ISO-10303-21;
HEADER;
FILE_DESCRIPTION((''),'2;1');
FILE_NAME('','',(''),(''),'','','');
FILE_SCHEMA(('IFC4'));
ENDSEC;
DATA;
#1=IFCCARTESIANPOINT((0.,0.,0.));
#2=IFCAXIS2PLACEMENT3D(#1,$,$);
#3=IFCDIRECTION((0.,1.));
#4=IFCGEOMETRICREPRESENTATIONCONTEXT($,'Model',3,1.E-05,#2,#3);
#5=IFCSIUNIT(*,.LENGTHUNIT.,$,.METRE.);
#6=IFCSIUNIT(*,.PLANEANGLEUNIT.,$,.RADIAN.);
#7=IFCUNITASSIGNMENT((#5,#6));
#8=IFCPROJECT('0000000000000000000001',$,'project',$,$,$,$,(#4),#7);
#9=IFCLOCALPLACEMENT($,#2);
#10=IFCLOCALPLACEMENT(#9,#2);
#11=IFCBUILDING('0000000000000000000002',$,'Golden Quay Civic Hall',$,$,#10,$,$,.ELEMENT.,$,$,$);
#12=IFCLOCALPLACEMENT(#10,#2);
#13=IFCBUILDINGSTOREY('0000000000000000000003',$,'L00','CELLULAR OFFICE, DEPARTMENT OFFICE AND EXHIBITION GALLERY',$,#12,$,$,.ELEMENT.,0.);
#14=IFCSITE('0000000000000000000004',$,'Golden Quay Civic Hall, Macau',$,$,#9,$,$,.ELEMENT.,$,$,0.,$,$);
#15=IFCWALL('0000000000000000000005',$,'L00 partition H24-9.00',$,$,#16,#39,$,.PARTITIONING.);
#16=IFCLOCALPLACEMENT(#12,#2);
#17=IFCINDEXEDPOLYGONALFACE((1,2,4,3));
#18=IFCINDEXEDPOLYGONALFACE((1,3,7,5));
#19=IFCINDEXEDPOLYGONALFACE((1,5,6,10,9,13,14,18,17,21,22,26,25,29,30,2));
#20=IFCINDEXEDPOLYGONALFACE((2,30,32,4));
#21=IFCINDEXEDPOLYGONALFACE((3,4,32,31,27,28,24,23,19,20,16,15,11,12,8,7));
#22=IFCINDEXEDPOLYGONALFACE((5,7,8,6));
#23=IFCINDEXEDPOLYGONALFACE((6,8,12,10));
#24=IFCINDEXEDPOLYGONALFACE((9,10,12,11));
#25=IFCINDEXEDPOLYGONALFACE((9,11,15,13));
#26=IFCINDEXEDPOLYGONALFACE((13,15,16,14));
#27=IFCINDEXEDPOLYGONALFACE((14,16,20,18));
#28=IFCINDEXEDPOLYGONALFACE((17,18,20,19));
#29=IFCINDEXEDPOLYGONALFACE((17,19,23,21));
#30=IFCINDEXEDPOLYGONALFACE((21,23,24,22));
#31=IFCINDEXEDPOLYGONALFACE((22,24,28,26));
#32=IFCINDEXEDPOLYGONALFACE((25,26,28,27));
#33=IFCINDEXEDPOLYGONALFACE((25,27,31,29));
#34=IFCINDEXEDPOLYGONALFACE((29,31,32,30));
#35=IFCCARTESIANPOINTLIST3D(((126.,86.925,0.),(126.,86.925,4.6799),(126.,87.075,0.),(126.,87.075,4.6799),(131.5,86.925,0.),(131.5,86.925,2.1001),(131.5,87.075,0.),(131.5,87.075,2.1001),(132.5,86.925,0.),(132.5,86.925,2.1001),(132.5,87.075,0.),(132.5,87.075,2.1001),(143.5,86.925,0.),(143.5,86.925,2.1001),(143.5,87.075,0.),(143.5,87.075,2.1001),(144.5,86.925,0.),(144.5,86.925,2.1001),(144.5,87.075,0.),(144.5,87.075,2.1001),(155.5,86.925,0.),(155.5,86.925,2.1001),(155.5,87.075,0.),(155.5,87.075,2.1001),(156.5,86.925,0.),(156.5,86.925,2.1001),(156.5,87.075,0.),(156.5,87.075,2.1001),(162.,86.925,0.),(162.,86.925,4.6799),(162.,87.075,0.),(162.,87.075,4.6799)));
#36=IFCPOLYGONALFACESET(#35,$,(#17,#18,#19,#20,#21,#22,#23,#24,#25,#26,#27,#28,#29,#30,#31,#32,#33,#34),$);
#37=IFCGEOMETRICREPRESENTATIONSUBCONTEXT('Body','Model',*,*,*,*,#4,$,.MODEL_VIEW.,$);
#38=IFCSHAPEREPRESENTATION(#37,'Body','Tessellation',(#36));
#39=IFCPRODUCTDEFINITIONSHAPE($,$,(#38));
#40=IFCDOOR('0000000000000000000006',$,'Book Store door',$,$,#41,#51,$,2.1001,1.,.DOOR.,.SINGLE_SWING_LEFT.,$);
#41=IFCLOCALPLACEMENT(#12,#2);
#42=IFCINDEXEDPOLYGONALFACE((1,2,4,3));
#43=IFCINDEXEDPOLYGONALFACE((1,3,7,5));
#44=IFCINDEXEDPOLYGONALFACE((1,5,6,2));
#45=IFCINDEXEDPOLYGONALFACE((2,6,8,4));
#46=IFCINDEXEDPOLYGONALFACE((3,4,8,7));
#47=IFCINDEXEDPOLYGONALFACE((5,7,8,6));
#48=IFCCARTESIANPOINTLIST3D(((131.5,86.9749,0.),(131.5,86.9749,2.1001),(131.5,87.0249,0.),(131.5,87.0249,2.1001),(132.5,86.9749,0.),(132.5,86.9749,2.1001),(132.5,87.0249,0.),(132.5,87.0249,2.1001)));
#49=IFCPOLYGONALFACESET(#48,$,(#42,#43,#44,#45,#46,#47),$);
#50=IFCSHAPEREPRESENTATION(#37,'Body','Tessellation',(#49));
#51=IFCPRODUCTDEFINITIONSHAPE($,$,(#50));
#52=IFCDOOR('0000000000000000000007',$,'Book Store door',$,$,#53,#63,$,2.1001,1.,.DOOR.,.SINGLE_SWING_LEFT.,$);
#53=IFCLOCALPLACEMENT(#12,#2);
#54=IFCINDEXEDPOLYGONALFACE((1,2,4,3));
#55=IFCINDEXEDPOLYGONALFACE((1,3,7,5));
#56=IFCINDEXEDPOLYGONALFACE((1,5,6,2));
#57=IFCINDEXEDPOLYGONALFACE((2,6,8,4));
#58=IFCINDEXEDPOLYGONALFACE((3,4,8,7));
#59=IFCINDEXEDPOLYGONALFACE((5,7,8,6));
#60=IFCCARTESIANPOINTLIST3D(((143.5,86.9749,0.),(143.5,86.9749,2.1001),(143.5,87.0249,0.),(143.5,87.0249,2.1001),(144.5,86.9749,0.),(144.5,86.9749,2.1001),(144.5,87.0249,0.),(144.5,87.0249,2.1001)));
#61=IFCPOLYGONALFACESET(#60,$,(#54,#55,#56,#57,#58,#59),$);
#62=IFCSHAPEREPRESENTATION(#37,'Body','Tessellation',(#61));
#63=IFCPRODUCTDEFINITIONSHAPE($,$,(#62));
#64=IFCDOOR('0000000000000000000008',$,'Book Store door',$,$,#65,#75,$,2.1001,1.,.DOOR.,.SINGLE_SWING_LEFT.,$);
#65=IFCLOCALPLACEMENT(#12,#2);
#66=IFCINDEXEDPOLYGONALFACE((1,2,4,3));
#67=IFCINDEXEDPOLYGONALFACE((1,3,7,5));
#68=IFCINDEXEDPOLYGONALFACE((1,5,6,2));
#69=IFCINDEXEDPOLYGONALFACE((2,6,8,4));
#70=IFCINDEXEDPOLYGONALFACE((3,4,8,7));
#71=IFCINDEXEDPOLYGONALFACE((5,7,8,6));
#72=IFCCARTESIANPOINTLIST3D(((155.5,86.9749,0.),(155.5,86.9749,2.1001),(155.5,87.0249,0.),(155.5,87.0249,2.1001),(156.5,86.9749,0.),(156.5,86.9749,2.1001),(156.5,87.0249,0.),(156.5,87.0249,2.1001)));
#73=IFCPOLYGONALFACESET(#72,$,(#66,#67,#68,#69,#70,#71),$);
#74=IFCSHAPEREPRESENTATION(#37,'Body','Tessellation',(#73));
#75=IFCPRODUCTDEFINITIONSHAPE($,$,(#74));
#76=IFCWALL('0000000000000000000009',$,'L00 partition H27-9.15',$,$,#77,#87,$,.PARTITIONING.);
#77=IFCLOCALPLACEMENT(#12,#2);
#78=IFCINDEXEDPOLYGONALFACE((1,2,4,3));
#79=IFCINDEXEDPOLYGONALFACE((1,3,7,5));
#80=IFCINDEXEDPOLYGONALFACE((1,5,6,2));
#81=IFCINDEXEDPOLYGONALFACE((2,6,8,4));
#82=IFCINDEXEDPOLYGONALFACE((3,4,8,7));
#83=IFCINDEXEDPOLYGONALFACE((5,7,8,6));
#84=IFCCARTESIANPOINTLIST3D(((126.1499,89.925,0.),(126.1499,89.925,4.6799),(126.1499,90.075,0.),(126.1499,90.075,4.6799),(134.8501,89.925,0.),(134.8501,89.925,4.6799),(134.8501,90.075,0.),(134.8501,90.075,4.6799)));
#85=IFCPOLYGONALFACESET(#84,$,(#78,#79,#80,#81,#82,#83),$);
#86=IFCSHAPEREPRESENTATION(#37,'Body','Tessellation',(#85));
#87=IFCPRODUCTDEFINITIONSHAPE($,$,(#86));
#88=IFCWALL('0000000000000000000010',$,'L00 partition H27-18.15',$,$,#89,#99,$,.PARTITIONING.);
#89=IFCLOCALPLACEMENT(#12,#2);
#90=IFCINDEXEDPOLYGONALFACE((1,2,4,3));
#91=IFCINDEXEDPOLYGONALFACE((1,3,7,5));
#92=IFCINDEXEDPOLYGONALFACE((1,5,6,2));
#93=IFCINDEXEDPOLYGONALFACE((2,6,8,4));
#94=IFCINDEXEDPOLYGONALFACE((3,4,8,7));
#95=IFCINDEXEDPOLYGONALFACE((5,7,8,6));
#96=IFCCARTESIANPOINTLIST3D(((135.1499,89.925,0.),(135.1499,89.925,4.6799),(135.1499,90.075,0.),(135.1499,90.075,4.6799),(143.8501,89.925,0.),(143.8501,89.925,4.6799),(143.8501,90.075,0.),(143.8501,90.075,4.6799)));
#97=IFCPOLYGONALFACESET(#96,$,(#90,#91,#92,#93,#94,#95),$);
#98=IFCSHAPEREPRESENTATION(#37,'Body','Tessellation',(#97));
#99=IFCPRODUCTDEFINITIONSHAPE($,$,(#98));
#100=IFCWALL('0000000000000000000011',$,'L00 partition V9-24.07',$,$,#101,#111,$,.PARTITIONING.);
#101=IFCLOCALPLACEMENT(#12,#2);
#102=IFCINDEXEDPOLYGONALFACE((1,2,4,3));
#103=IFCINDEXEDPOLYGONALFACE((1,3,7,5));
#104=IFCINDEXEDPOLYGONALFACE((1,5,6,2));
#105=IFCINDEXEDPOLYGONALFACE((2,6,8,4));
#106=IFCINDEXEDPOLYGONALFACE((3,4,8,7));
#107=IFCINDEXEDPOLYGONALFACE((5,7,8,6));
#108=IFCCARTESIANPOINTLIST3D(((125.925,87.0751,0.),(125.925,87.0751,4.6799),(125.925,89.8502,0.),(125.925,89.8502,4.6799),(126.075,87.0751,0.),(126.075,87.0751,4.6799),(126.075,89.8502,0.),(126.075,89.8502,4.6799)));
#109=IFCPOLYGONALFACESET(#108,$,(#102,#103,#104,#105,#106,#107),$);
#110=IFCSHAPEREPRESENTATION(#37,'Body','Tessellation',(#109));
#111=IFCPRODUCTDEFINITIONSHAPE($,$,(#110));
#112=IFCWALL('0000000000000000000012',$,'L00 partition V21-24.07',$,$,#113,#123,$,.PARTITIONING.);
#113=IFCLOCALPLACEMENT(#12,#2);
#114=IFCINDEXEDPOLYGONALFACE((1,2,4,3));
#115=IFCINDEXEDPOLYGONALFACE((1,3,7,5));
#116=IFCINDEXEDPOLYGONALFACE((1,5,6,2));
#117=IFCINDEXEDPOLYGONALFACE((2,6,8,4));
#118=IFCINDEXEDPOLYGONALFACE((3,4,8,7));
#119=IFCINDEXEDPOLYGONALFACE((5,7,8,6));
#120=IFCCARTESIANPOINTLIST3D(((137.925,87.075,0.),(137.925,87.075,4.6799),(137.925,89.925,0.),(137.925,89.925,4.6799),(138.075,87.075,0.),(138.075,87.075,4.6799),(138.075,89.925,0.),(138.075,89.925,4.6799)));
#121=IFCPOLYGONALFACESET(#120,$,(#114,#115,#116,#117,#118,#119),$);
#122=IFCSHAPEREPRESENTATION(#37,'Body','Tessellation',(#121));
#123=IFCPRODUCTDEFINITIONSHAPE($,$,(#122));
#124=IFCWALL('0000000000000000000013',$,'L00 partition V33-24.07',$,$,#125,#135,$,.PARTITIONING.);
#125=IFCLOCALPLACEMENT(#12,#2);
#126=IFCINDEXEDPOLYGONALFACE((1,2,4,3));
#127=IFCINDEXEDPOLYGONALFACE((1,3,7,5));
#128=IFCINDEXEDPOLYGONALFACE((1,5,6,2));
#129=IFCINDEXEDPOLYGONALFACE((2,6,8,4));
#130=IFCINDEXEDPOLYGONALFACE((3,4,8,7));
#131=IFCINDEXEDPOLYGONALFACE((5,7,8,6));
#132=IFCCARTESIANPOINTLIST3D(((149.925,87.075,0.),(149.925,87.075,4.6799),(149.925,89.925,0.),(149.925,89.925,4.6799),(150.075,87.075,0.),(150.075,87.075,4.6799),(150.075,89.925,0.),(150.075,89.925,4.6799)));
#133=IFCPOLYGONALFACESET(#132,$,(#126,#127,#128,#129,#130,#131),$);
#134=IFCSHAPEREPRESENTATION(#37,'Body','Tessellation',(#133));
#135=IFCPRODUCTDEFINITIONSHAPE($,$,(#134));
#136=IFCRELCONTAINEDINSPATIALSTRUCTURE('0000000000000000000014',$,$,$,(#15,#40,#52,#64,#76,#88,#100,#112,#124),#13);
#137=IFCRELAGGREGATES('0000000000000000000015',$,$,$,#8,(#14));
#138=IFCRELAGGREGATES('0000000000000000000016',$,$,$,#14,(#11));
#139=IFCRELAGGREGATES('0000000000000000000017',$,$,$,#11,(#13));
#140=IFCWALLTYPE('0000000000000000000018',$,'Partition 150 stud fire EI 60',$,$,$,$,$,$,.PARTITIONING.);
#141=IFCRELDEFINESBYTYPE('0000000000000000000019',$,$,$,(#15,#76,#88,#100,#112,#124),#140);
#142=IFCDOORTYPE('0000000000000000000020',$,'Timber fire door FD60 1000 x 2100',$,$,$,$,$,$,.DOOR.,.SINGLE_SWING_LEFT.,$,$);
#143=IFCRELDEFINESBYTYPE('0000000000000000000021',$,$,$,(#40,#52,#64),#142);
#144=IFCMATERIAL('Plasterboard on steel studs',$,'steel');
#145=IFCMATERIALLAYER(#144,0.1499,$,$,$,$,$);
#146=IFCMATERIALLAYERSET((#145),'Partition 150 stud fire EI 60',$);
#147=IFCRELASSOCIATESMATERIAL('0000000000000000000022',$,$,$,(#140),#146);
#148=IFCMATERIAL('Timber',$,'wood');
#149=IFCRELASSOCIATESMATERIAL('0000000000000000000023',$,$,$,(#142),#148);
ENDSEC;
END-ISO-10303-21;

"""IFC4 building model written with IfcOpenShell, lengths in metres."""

from ifc_helpers import new_model, si_unit, direction, frame, frame_2d, origin, place, context, subcontext, project, spatial, rectangle, extrude, material, layer, layer_set, type_object, element, fill, save


model = new_model("IFC4")

# Units and contexts
model_context = context("Model", 3, precision=1e-05, world=origin(), true_north=direction((0.0, 1.0)))
body_context = subcontext(model_context, "Body", "Model", "MODEL_VIEW")
ifc_project = project(units=[si_unit("LENGTHUNIT", "METRE"), si_unit("PLANEANGLEUNIT", "RADIAN")], contexts=[model_context])

# Site, building, storey
site_placement = place(None, origin())
site = spatial("IfcSite", under=ifc_project, at=site_placement, Name="Golden Quay Civic Hall, Macau", CompositionType="ELEMENT", RefElevation=0.0)
building_placement = place(site_placement, origin())
building = spatial("IfcBuilding", under=site, at=building_placement, Name="Golden Quay Civic Hall", CompositionType="ELEMENT")
storey_placement = place(building_placement, origin())
storey = spatial("IfcBuildingStorey", under=building, at=storey_placement, Name="L00", Description="CELLULAR OFFICE, DEPARTMENT OFFICE AND EXHIBITION GALLERY", CompositionType="ELEMENT", Elevation=0.0)

# Shared definitions
ifc_material_1 = material(Name="Plasterboard on steel studs", Category="steel")
ifc_layer_1 = layer(ifc_material_1, 0.1499)
ifc_layer_set_1 = layer_set([ifc_layer_1], Name="Partition 150 stud fire EI 60")
wall_type_1 = type_object("IfcWallType", Name="Partition 150 stud fire EI 60", PredefinedType="PARTITIONING", material=ifc_layer_set_1)

# Wall, openings, doors
wall_1_placement = place(storey_placement, frame((126.0, 87.0, 0.0), z_axis=(0.0, 0.0, 1.0), x_axis=(1.0, 0.0, 0.0)))
wall_1 = element("IfcWall", 1, at=wall_1_placement, inside=storey, type_object=wall_type_1, Name="L00 partition H24-9.00", PredefinedType="PARTITIONING", context=body_context, shape_type="SweptSolid", body=[
    extrude(rectangle(XDim=36.0, YDim=0.1499, at=frame_2d((18.0, 0.0))), origin(), (0.0, 0.0, 1.0), 4.6799),
])
opening_1_placement = place(wall_1_placement, frame((5.5, 0.0, 0.0)))
opening_1 = element("IfcOpeningElement", 2, at=opening_1_placement, cuts=wall_1, PredefinedType="OPENING", context=body_context, shape_type="SweptSolid", body=[
    extrude(rectangle(XDim=1.0, YDim=2.1001, at=frame_2d((0.5, 1.05))), frame((0.0, 0.085, 0.0), z_axis=(0.0, -1.0, 0.0), x_axis=(1.0, 0.0, 0.0)), (0.0, 0.0, 1.0), 0.1699),
])
opening_2_placement = place(wall_1_placement, frame((17.5, 0.0, 0.0)))
opening_2 = element("IfcOpeningElement", 3, at=opening_2_placement, cuts=wall_1, PredefinedType="OPENING", context=body_context, shape_type="SweptSolid", body=[
    extrude(rectangle(XDim=1.0, YDim=2.1001, at=frame_2d((0.5, 1.05))), frame((0.0, 0.085, 0.0), z_axis=(0.0, -1.0, 0.0), x_axis=(1.0, 0.0, 0.0)), (0.0, 0.0, 1.0), 0.1699),
])
opening_3_placement = place(wall_1_placement, frame((29.5, 0.0, 0.0)))
opening_3 = element("IfcOpeningElement", 4, at=opening_3_placement, cuts=wall_1, PredefinedType="OPENING", context=body_context, shape_type="SweptSolid", body=[
    extrude(rectangle(XDim=1.0, YDim=2.1001, at=frame_2d((0.5, 1.05))), frame((0.0, 0.085, 0.0), z_axis=(0.0, -1.0, 0.0), x_axis=(1.0, 0.0, 0.0)), (0.0, 0.0, 1.0), 0.1699),
])
ifc_material_2 = material(Name="Timber", Category="wood")
door_type = type_object("IfcDoorType", Name="Timber fire door FD60 1000 x 2100", OperationType="SINGLE_SWING_LEFT", PredefinedType="DOOR", material=ifc_material_2)
door_1_placement = place(opening_1_placement, origin())
door_1 = element("IfcDoor", 5, at=door_1_placement, inside=storey, type_object=door_type, Name="Book Store door", OperationType="SINGLE_SWING_LEFT", OverallHeight=2.1001, OverallWidth=1.0, PredefinedType="DOOR", context=body_context, shape_type="SweptSolid", body=[
    extrude(rectangle(XDim=1.0, YDim=2.1001, at=frame_2d((0.5, 1.05))), frame((0.0, 0.0249, 0.0), z_axis=(0.0, -1.0, 0.0), x_axis=(1.0, 0.0, 0.0)), (0.0, 0.0, 1.0), 0.05),
])
fill(opening_1, door_1)
door_2_placement = place(opening_2_placement, origin())
door_2 = element("IfcDoor", 6, at=door_2_placement, inside=storey, type_object=door_type, Name="Book Store door", OperationType="SINGLE_SWING_LEFT", OverallHeight=2.1001, OverallWidth=1.0, PredefinedType="DOOR", context=body_context, shape_type="SweptSolid", body=[
    extrude(rectangle(XDim=1.0, YDim=2.1001, at=frame_2d((0.5, 1.05))), frame((0.0, 0.0249, 0.0), z_axis=(0.0, -1.0, 0.0), x_axis=(1.0, 0.0, 0.0)), (0.0, 0.0, 1.0), 0.05),
])
fill(opening_2, door_2)
door_3_placement = place(opening_3_placement, origin())
door_3 = element("IfcDoor", 7, at=door_3_placement, inside=storey, type_object=door_type, Name="Book Store door", OperationType="SINGLE_SWING_LEFT", OverallHeight=2.1001, OverallWidth=1.0, PredefinedType="DOOR", context=body_context, shape_type="SweptSolid", body=[
    extrude(rectangle(XDim=1.0, YDim=2.1001, at=frame_2d((0.5, 1.05))), frame((0.0, 0.0249, 0.0), z_axis=(0.0, -1.0, 0.0), x_axis=(1.0, 0.0, 0.0)), (0.0, 0.0, 1.0), 0.05),
])
fill(opening_3, door_3)

# Walls
for number, where, z_axis, x_axis, name in (
    (8, (126.1499, 90.0, 0.0), (0.0, 0.0, 1.0), (1.0, 0.0, 0.0), "L00 partition H27-9.15"),
    (9, (135.1499, 90.0, 0.0), (0.0, 0.0, 1.0), (1.0, 0.0, 0.0), "L00 partition H27-18.15"),
):
    element("IfcWall", number, at=place(storey_placement, frame(where, z_axis=z_axis, x_axis=x_axis)), inside=storey, type_object=wall_type_1, Name=name, PredefinedType="PARTITIONING", context=body_context, shape_type="SweptSolid", body=[
        extrude(rectangle(XDim=8.7002, YDim=0.1499, at=frame_2d((4.3501, 0.0))), origin(), (0.0, 0.0, 1.0), 4.6799),
    ])
wall_2_placement = place(storey_placement, frame((126.0, 87.075, 0.0), z_axis=(0.0, 0.0, 1.0), x_axis=(0.0, 1.0, 0.0)))
element("IfcWall", 10, at=wall_2_placement, inside=storey, type_object=wall_type_1, Name="L00 partition V9-24.07", PredefinedType="PARTITIONING", context=body_context, shape_type="SweptSolid", body=[
    extrude(rectangle(XDim=2.7751, YDim=0.1499, at=frame_2d((1.3877, 0.0))), origin(), (0.0, 0.0, 1.0), 4.6799),
])
for number, where, z_axis, x_axis, name in (
    (11, (138.0, 87.075, 0.0), (0.0, 0.0, 1.0), (0.0, 1.0, 0.0), "L00 partition V21-24.07"),
    (12, (150.0, 87.075, 0.0), (0.0, 0.0, 1.0), (0.0, 1.0, 0.0), "L00 partition V33-24.07"),
):
    element("IfcWall", number, at=place(storey_placement, frame(where, z_axis=z_axis, x_axis=x_axis)), inside=storey, type_object=wall_type_1, Name=name, PredefinedType="PARTITIONING", context=body_context, shape_type="SweptSolid", body=[
        extrude(rectangle(XDim=2.8501, YDim=0.1499, at=frame_2d((1.425, 0.0))), origin(), (0.0, 0.0, 1.0), 4.6799),
    ])

save(model, "model.ifc")
